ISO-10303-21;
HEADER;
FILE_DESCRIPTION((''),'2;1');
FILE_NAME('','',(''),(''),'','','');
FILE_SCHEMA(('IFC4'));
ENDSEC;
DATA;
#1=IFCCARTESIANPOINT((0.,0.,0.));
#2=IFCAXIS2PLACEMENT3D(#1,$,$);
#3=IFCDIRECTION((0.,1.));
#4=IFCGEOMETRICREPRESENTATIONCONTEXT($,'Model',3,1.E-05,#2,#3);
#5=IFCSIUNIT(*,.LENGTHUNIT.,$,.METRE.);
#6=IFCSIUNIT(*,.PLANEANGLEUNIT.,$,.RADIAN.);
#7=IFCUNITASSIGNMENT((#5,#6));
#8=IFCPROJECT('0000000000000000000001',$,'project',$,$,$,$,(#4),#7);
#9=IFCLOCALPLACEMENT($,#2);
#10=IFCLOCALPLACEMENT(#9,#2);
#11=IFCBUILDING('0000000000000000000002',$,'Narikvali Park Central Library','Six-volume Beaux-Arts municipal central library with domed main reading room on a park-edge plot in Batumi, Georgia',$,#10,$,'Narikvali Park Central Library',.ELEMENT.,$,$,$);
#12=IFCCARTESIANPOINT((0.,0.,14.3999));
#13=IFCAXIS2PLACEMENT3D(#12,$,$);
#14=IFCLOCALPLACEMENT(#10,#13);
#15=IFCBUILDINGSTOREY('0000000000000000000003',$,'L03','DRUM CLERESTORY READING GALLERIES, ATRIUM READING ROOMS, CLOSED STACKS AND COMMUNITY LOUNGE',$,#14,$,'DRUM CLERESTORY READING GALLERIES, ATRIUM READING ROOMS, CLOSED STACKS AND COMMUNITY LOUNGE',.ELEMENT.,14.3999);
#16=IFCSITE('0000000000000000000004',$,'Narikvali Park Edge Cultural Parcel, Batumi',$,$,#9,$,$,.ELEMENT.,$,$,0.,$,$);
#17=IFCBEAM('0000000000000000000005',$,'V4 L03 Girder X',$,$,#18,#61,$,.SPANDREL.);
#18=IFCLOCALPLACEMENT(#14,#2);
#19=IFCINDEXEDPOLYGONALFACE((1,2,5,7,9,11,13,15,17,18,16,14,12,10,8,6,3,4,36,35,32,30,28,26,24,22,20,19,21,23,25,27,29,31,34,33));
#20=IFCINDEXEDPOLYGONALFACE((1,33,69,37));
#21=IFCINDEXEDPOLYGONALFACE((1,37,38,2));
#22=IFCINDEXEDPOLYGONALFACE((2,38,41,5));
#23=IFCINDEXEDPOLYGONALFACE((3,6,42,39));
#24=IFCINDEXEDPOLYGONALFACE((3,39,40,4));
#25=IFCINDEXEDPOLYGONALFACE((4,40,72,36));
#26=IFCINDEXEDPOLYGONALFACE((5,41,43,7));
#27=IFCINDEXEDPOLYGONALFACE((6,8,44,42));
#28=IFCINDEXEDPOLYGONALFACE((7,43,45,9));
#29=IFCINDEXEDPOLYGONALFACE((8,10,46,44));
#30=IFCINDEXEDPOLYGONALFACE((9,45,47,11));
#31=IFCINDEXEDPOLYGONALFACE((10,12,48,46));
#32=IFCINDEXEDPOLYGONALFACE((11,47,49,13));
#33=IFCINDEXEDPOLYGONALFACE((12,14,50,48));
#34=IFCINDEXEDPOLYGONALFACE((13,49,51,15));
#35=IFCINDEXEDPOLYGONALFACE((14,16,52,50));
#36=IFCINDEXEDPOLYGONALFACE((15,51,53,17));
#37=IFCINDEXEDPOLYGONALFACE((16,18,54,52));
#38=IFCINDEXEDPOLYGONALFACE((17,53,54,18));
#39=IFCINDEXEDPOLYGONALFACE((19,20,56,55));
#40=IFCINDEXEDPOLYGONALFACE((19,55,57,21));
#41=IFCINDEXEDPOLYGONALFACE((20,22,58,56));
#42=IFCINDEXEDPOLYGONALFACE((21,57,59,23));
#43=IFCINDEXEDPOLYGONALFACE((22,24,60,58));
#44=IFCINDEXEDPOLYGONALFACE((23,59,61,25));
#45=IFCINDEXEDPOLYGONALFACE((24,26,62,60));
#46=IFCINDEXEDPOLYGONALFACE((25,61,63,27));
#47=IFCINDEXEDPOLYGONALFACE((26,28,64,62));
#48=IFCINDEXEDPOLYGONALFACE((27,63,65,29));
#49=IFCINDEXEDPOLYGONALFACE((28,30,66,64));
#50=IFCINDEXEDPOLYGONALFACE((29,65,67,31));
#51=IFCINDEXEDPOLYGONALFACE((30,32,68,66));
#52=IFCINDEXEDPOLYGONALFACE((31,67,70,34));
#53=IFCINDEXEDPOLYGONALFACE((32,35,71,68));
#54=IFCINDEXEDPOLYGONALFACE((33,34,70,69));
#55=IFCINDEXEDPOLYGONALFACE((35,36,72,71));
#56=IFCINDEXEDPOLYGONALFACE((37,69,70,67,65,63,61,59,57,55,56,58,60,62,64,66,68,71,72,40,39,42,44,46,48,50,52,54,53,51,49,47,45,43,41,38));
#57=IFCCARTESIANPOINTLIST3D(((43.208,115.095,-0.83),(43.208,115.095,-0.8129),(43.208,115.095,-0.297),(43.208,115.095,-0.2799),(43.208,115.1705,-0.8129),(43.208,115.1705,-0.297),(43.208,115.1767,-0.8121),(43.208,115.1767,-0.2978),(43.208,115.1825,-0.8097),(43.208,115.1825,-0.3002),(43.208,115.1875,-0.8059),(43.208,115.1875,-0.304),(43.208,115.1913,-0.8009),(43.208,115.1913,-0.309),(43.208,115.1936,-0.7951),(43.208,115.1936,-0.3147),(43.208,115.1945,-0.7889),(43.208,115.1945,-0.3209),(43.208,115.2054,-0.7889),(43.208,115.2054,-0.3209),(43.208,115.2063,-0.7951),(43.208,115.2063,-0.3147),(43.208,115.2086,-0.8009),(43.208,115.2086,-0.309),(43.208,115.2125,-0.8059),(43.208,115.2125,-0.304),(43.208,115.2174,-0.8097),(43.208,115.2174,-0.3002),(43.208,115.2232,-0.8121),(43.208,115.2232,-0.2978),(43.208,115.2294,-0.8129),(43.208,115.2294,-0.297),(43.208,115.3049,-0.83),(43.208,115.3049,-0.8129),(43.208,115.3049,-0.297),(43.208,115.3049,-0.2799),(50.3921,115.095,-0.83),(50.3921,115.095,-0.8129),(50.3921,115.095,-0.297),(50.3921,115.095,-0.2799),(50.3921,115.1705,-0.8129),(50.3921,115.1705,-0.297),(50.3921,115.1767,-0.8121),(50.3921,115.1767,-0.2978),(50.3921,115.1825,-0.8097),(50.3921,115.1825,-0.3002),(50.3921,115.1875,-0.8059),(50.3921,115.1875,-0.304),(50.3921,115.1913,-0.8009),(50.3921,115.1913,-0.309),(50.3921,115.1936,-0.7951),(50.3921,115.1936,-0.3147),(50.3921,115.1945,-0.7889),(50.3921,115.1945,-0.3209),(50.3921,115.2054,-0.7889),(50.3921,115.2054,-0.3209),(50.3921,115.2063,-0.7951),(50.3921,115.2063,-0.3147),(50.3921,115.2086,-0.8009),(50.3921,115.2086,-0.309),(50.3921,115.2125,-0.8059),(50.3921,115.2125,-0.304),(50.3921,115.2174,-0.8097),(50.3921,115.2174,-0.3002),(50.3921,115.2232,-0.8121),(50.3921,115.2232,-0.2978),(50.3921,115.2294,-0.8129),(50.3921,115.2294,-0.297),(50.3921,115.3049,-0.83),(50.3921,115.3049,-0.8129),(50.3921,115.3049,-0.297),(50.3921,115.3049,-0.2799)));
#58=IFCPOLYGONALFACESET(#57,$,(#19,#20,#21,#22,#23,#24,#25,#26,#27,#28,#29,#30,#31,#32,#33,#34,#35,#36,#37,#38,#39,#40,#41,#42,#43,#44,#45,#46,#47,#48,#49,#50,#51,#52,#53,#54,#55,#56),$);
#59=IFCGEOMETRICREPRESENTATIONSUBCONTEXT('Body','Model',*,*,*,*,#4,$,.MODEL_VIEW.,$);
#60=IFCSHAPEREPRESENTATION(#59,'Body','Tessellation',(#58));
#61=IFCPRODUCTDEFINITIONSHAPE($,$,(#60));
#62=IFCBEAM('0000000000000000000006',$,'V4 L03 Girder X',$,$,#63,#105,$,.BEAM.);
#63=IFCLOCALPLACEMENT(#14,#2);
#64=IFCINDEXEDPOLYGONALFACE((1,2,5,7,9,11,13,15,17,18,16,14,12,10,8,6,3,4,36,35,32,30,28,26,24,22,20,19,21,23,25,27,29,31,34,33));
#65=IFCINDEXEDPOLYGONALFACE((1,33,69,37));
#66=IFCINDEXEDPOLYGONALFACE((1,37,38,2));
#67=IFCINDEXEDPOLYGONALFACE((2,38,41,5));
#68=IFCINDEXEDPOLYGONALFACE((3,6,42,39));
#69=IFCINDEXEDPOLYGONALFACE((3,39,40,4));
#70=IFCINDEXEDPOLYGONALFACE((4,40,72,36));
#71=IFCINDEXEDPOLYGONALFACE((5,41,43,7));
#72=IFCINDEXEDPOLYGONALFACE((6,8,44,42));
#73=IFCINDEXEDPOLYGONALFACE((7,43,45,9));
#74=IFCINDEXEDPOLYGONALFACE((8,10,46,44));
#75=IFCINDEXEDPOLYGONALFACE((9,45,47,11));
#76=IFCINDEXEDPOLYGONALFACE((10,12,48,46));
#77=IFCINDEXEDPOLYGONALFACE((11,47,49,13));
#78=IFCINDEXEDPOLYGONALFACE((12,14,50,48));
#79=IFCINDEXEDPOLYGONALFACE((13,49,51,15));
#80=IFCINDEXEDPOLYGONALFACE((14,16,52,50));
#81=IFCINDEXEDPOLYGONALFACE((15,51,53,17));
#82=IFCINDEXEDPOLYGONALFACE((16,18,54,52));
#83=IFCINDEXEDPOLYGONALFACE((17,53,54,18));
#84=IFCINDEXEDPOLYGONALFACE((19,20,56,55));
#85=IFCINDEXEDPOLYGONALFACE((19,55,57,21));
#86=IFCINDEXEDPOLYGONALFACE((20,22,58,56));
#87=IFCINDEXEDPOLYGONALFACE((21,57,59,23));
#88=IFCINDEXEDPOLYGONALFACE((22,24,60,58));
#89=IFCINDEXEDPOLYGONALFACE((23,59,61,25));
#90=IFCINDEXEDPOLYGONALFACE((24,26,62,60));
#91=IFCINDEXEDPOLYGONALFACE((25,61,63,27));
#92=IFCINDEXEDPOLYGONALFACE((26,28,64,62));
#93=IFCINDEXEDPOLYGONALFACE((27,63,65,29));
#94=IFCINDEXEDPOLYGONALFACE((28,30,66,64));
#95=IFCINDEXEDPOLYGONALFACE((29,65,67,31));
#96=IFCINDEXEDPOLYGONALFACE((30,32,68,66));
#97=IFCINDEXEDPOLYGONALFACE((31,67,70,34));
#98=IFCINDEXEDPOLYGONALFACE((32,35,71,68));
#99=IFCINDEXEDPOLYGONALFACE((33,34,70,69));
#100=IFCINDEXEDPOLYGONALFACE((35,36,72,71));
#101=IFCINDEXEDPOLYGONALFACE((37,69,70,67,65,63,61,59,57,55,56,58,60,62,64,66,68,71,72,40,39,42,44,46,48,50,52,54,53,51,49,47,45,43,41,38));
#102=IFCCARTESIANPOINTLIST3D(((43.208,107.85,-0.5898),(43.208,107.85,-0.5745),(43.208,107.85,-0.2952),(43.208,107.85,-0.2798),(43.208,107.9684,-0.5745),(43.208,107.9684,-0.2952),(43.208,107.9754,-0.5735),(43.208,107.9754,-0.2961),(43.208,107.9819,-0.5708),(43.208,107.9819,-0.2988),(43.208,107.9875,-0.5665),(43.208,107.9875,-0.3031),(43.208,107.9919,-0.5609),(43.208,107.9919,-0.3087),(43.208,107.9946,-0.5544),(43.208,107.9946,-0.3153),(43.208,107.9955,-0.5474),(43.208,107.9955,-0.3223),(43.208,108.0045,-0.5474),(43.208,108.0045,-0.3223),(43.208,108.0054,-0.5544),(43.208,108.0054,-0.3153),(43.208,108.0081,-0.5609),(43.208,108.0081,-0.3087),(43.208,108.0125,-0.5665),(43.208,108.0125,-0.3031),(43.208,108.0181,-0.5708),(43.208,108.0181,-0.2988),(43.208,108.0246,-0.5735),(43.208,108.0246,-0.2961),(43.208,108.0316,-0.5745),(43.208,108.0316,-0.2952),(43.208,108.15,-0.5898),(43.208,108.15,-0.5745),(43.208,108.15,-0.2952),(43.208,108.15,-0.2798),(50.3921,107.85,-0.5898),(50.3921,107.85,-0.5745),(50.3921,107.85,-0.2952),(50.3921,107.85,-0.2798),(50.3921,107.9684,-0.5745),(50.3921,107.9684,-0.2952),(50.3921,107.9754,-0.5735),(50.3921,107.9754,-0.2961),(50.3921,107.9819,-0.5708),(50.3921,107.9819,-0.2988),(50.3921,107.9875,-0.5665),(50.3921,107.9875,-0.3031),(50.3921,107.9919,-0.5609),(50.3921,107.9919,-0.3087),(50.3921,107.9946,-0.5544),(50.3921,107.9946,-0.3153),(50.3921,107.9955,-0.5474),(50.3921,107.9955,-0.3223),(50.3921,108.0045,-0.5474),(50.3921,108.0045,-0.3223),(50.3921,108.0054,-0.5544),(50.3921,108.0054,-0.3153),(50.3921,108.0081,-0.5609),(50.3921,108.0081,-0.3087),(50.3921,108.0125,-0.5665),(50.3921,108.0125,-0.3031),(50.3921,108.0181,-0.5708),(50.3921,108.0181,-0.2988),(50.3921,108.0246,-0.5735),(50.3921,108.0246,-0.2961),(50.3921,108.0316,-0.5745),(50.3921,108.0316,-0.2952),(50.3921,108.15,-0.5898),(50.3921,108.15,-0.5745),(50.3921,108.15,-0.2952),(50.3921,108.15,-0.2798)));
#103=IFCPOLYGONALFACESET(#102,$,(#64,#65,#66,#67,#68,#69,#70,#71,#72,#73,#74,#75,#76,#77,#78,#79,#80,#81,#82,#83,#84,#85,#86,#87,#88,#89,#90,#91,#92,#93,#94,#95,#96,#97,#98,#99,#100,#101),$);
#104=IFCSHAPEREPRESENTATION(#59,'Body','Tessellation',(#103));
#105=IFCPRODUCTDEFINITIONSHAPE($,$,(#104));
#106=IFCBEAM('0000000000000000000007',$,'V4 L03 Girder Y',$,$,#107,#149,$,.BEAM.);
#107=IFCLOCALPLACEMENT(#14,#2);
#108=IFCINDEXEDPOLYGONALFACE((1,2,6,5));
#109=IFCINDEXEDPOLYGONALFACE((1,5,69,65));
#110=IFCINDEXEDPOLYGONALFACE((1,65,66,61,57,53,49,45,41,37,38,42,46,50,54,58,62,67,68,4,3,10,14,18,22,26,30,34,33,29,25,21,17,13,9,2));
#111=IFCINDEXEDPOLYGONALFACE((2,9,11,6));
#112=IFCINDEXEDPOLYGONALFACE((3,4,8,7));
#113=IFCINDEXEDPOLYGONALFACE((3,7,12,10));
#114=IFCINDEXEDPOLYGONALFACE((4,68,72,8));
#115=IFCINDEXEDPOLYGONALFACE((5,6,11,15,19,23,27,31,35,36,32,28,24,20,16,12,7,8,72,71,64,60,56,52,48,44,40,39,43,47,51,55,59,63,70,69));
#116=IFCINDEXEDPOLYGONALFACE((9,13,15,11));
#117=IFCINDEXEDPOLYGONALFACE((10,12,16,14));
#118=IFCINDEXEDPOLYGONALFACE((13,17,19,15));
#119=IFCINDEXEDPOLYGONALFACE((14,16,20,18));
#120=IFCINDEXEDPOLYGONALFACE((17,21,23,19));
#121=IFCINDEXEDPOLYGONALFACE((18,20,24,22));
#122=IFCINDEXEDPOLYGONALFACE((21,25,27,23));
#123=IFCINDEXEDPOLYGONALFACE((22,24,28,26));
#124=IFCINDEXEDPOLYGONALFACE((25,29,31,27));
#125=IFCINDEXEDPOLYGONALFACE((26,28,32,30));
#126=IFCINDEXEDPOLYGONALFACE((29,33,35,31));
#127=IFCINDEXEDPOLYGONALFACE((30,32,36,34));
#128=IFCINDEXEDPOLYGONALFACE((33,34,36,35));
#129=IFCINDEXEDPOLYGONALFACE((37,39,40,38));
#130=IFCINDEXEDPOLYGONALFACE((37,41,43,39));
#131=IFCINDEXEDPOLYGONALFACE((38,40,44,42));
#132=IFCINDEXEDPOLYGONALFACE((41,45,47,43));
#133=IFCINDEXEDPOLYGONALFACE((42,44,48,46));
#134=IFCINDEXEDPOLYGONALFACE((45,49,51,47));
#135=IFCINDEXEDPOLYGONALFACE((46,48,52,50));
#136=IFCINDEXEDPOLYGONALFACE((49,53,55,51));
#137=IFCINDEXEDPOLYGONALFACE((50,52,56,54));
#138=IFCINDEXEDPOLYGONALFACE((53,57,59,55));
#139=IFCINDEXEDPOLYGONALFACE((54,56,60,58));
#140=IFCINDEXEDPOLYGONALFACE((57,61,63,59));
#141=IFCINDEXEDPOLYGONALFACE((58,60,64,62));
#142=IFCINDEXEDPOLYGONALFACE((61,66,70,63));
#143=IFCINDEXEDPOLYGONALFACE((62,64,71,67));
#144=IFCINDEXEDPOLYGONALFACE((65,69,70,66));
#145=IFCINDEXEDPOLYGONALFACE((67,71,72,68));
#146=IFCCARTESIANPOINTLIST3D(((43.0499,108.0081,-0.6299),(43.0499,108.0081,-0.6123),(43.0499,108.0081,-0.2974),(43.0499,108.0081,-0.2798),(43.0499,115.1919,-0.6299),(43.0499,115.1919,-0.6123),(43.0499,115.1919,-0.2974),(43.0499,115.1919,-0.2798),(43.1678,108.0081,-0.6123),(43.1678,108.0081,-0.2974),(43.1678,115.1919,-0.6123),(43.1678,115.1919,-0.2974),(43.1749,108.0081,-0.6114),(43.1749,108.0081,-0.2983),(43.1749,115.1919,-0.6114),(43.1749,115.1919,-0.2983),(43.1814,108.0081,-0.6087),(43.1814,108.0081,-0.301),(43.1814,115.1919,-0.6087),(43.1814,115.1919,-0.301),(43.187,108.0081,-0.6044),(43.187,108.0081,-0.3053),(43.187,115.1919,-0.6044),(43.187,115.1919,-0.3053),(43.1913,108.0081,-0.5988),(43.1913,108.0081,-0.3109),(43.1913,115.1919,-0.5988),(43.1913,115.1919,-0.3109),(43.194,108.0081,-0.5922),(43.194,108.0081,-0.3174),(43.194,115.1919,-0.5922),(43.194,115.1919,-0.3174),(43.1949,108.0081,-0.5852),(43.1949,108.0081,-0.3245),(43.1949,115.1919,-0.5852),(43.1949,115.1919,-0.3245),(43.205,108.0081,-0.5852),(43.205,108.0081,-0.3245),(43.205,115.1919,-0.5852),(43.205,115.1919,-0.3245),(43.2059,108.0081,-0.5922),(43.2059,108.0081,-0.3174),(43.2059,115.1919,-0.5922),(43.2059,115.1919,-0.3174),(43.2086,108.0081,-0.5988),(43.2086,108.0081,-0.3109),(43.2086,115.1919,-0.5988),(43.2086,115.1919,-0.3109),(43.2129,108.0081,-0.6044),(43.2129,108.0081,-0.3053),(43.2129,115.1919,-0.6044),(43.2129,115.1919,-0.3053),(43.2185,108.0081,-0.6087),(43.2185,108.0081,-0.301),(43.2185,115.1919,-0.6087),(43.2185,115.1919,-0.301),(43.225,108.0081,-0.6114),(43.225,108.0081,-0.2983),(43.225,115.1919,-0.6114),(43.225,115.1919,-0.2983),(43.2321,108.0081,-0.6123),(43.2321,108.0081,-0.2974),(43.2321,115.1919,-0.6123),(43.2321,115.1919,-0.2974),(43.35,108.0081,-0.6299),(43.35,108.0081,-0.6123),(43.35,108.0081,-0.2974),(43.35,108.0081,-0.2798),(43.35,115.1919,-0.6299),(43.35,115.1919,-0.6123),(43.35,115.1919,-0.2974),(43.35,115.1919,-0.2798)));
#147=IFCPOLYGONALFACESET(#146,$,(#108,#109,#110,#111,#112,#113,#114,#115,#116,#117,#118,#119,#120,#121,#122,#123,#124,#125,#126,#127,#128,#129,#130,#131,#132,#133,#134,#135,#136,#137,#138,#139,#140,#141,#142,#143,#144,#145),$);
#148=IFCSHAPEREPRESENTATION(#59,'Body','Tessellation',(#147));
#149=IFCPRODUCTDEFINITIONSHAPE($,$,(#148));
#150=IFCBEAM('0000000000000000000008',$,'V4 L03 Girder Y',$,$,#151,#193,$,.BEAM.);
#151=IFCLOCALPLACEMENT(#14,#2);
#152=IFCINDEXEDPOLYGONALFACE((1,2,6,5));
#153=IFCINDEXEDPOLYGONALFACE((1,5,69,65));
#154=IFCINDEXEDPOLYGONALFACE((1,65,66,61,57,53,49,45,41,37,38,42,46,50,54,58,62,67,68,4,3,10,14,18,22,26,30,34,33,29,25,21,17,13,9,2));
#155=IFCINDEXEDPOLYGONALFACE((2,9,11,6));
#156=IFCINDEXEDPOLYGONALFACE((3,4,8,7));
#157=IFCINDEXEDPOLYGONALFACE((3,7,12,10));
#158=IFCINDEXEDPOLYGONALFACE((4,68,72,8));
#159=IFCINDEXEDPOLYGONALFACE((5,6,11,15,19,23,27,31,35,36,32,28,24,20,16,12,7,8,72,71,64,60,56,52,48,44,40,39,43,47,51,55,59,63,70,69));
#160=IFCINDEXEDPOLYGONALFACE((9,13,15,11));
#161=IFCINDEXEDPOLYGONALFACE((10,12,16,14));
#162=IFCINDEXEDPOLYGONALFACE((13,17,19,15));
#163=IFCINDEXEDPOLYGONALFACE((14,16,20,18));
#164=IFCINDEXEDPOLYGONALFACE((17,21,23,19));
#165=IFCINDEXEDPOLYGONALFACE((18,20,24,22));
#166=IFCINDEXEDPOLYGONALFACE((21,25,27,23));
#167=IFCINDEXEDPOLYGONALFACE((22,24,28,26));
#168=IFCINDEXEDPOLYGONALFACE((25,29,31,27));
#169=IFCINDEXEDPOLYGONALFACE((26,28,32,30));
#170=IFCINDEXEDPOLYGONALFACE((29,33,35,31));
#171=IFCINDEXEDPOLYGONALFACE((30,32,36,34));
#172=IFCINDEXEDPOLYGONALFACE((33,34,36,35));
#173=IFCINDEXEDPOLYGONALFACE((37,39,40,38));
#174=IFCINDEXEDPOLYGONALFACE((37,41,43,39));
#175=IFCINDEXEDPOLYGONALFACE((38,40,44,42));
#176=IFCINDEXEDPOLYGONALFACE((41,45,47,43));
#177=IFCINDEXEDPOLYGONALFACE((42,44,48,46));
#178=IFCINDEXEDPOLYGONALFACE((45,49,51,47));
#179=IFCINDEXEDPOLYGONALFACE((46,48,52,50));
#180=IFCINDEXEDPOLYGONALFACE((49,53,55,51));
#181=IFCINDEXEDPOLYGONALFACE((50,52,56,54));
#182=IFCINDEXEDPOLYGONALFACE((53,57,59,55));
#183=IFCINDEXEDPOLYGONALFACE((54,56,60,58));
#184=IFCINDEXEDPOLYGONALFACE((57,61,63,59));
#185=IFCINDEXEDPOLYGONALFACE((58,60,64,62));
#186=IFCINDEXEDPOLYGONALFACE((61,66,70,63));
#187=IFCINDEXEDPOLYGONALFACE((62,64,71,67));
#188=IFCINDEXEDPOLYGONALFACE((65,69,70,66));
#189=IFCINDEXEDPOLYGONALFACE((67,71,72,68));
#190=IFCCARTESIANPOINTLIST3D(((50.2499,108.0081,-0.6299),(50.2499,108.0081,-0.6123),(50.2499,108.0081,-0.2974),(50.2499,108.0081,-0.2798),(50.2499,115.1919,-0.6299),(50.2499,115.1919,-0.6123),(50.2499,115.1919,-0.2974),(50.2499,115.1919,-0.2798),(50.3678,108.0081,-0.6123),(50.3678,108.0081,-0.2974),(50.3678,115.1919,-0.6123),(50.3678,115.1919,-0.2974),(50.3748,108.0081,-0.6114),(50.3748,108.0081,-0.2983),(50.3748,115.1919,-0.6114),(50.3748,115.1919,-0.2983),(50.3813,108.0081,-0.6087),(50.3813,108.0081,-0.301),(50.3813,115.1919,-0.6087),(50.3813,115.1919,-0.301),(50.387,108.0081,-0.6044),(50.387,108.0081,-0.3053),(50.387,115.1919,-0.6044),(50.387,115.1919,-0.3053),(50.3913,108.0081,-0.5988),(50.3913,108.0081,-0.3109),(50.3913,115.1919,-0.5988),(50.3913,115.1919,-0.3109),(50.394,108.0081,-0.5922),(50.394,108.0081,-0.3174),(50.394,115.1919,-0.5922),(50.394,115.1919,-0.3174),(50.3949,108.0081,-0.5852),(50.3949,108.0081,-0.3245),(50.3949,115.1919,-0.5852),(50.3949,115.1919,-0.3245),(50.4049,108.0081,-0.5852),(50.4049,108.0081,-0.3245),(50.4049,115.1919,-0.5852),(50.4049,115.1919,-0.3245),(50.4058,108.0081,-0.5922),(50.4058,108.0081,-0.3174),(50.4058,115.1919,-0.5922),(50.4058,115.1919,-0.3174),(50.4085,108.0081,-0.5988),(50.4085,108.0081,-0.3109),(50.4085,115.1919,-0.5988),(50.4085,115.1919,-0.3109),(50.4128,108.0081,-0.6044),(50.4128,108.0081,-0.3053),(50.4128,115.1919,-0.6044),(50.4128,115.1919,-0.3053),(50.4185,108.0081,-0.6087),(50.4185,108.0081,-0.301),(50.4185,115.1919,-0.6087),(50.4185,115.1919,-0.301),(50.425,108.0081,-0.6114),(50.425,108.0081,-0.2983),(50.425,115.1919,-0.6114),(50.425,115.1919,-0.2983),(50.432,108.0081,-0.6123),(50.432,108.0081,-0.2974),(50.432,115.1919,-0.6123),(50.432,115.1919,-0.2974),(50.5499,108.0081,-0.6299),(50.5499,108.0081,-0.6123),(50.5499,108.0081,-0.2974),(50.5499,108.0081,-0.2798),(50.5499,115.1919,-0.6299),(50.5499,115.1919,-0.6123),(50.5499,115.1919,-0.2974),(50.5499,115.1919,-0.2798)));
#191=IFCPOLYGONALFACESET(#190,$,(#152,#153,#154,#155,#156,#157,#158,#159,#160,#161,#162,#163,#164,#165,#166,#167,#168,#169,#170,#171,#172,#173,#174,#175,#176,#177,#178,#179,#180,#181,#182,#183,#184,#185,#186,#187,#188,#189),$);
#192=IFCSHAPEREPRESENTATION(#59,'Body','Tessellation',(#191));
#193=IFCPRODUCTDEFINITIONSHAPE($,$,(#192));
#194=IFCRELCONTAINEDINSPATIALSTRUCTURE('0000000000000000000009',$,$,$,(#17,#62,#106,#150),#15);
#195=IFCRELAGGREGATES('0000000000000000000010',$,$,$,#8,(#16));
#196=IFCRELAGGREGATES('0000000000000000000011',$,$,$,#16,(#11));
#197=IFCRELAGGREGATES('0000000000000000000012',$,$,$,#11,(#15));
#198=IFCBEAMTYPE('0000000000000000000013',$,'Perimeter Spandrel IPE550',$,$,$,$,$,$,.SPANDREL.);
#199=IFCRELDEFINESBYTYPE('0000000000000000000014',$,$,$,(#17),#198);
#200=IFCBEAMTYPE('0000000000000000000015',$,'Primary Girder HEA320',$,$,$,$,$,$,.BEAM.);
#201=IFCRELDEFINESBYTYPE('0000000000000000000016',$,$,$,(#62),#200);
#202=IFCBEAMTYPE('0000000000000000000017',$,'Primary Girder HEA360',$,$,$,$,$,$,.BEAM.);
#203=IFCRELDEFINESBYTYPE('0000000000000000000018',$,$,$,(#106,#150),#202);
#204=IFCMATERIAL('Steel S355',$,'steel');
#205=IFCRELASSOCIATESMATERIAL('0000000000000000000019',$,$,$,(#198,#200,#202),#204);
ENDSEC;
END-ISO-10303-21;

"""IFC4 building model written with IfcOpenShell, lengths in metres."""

from ifc_helpers import new_model, si_unit, direction, frame, origin, origin_2d, place, context, subcontext, project, spatial, i_section, extrude, material, material_profile, profile_set, type_object, element, save


model = new_model("IFC4")

# Units and contexts
model_context = context("Model", 3, precision=1e-05, world=origin(), true_north=direction((0.0, 1.0)))
body_context = subcontext(model_context, "Body", "Model", "MODEL_VIEW")
ifc_project = project(units=[si_unit("LENGTHUNIT", "METRE"), si_unit("PLANEANGLEUNIT", "RADIAN")], contexts=[model_context])

# Site, building, storey
site_placement = place(None, origin())
site = spatial("IfcSite", under=ifc_project, at=site_placement, Name="Narikvali Park Edge Cultural Parcel, Batumi", CompositionType="ELEMENT", RefElevation=0.0)
building_placement = place(site_placement, origin())
building = spatial("IfcBuilding", under=site, at=building_placement, Name="Narikvali Park Central Library", Description="Six-volume Beaux-Arts municipal central library with domed main reading room on a park-edge plot in Batumi, Georgia", LongName="Narikvali Park Central Library", CompositionType="ELEMENT")
storey_placement = place(building_placement, frame((0.0, 0.0, 14.3999)))
storey = spatial("IfcBuildingStorey", under=building, at=storey_placement, Name="L03", Description="DRUM CLERESTORY READING GALLERIES, ATRIUM READING ROOMS, CLOSED STACKS AND COMMUNITY LOUNGE", LongName="DRUM CLERESTORY READING GALLERIES, ATRIUM READING ROOMS, CLOSED STACKS AND COMMUNITY LOUNGE", CompositionType="ELEMENT", Elevation=14.3999)

# Shared definitions
ifc_material_1 = material(Name="Steel S355", Category="steel")

# Beams
ifc_material_profile_1 = material_profile(ifc_material_1, i_section(OverallWidth=0.21, OverallDepth=0.55, WebThickness=0.011, FlangeThickness=0.0171, FilletRadius=0.0239, at=origin_2d()), Name="IPE 550")
ifc_profile_set_1 = profile_set([ifc_material_profile_1], Name="Steel S355")
beam_type_1 = type_object("IfcBeamType", Name="Perimeter Spandrel IPE550", PredefinedType="SPANDREL", material=ifc_profile_set_1)
beam_1_placement = place(storey_placement, frame((43.208, 115.2, -0.5549), z_axis=(1.0, 0.0, 0.0), x_axis=(0.0, 1.0, 0.0)))
element("IfcBeam", 1, at=beam_1_placement, inside=storey, type_object=beam_type_1, Name="V4 L03 Girder X", PredefinedType="SPANDREL", context=body_context, shape_type="SweptSolid", body=[
    extrude(i_section(OverallWidth=0.21, OverallDepth=0.55, WebThickness=0.011, FlangeThickness=0.0171, FilletRadius=0.0239, at=origin_2d()), origin(), (0.0, 0.0, 1.0), 7.1841),
])
ifc_material_profile_2 = material_profile(ifc_material_1, i_section(OverallWidth=0.3, OverallDepth=0.3101, WebThickness=0.009, FlangeThickness=0.0154, FilletRadius=0.0271, at=origin_2d()), Name="HEA 320")
ifc_profile_set_2 = profile_set([ifc_material_profile_2], Name="Steel S355")
beam_type_2 = type_object("IfcBeamType", Name="Primary Girder HEA320", PredefinedType="BEAM", material=ifc_profile_set_2)
beam_2_placement = place(storey_placement, frame((43.208, 108.0, -0.4348), z_axis=(1.0, 0.0, 0.0), x_axis=(0.0, 1.0, 0.0)))
element("IfcBeam", 2, at=beam_2_placement, inside=storey, type_object=beam_type_2, Name="V4 L03 Girder X", PredefinedType="BEAM", context=body_context, shape_type="SweptSolid", body=[
    extrude(i_section(OverallWidth=0.3, OverallDepth=0.3101, WebThickness=0.009, FlangeThickness=0.0154, FilletRadius=0.0271, at=origin_2d()), origin(), (0.0, 0.0, 1.0), 7.1841),
])
ifc_material_profile_3 = material_profile(ifc_material_1, i_section(OverallWidth=0.3, OverallDepth=0.3501, WebThickness=0.01, FlangeThickness=0.0176, FilletRadius=0.0271, at=origin_2d()), Name="HEA 360")
ifc_profile_set_3 = profile_set([ifc_material_profile_3], Name="Steel S355")
beam_type_3 = type_object("IfcBeamType", Name="Primary Girder HEA360", PredefinedType="BEAM", material=ifc_profile_set_3)
for number, where, z_axis, x_axis, name in (
    (3, (43.2, 108.0081, -0.4548), (0.0, 1.0, 0.0), (-1.0, 0.0, 0.0), "V4 L03 Girder Y"),
    (4, (50.3999, 108.0081, -0.4548), (0.0, 1.0, 0.0), (-1.0, 0.0, 0.0), "V4 L03 Girder Y"),
):
    element("IfcBeam", number, at=place(storey_placement, frame(where, z_axis=z_axis, x_axis=x_axis)), inside=storey, type_object=beam_type_3, Name=name, PredefinedType="BEAM", context=body_context, shape_type="SweptSolid", body=[
        extrude(i_section(OverallWidth=0.3, OverallDepth=0.3501, WebThickness=0.01, FlangeThickness=0.0176, FilletRadius=0.0271, at=origin_2d()), origin(), (0.0, 0.0, 1.0), 7.1838),
    ])

save(model, "model.ifc")
